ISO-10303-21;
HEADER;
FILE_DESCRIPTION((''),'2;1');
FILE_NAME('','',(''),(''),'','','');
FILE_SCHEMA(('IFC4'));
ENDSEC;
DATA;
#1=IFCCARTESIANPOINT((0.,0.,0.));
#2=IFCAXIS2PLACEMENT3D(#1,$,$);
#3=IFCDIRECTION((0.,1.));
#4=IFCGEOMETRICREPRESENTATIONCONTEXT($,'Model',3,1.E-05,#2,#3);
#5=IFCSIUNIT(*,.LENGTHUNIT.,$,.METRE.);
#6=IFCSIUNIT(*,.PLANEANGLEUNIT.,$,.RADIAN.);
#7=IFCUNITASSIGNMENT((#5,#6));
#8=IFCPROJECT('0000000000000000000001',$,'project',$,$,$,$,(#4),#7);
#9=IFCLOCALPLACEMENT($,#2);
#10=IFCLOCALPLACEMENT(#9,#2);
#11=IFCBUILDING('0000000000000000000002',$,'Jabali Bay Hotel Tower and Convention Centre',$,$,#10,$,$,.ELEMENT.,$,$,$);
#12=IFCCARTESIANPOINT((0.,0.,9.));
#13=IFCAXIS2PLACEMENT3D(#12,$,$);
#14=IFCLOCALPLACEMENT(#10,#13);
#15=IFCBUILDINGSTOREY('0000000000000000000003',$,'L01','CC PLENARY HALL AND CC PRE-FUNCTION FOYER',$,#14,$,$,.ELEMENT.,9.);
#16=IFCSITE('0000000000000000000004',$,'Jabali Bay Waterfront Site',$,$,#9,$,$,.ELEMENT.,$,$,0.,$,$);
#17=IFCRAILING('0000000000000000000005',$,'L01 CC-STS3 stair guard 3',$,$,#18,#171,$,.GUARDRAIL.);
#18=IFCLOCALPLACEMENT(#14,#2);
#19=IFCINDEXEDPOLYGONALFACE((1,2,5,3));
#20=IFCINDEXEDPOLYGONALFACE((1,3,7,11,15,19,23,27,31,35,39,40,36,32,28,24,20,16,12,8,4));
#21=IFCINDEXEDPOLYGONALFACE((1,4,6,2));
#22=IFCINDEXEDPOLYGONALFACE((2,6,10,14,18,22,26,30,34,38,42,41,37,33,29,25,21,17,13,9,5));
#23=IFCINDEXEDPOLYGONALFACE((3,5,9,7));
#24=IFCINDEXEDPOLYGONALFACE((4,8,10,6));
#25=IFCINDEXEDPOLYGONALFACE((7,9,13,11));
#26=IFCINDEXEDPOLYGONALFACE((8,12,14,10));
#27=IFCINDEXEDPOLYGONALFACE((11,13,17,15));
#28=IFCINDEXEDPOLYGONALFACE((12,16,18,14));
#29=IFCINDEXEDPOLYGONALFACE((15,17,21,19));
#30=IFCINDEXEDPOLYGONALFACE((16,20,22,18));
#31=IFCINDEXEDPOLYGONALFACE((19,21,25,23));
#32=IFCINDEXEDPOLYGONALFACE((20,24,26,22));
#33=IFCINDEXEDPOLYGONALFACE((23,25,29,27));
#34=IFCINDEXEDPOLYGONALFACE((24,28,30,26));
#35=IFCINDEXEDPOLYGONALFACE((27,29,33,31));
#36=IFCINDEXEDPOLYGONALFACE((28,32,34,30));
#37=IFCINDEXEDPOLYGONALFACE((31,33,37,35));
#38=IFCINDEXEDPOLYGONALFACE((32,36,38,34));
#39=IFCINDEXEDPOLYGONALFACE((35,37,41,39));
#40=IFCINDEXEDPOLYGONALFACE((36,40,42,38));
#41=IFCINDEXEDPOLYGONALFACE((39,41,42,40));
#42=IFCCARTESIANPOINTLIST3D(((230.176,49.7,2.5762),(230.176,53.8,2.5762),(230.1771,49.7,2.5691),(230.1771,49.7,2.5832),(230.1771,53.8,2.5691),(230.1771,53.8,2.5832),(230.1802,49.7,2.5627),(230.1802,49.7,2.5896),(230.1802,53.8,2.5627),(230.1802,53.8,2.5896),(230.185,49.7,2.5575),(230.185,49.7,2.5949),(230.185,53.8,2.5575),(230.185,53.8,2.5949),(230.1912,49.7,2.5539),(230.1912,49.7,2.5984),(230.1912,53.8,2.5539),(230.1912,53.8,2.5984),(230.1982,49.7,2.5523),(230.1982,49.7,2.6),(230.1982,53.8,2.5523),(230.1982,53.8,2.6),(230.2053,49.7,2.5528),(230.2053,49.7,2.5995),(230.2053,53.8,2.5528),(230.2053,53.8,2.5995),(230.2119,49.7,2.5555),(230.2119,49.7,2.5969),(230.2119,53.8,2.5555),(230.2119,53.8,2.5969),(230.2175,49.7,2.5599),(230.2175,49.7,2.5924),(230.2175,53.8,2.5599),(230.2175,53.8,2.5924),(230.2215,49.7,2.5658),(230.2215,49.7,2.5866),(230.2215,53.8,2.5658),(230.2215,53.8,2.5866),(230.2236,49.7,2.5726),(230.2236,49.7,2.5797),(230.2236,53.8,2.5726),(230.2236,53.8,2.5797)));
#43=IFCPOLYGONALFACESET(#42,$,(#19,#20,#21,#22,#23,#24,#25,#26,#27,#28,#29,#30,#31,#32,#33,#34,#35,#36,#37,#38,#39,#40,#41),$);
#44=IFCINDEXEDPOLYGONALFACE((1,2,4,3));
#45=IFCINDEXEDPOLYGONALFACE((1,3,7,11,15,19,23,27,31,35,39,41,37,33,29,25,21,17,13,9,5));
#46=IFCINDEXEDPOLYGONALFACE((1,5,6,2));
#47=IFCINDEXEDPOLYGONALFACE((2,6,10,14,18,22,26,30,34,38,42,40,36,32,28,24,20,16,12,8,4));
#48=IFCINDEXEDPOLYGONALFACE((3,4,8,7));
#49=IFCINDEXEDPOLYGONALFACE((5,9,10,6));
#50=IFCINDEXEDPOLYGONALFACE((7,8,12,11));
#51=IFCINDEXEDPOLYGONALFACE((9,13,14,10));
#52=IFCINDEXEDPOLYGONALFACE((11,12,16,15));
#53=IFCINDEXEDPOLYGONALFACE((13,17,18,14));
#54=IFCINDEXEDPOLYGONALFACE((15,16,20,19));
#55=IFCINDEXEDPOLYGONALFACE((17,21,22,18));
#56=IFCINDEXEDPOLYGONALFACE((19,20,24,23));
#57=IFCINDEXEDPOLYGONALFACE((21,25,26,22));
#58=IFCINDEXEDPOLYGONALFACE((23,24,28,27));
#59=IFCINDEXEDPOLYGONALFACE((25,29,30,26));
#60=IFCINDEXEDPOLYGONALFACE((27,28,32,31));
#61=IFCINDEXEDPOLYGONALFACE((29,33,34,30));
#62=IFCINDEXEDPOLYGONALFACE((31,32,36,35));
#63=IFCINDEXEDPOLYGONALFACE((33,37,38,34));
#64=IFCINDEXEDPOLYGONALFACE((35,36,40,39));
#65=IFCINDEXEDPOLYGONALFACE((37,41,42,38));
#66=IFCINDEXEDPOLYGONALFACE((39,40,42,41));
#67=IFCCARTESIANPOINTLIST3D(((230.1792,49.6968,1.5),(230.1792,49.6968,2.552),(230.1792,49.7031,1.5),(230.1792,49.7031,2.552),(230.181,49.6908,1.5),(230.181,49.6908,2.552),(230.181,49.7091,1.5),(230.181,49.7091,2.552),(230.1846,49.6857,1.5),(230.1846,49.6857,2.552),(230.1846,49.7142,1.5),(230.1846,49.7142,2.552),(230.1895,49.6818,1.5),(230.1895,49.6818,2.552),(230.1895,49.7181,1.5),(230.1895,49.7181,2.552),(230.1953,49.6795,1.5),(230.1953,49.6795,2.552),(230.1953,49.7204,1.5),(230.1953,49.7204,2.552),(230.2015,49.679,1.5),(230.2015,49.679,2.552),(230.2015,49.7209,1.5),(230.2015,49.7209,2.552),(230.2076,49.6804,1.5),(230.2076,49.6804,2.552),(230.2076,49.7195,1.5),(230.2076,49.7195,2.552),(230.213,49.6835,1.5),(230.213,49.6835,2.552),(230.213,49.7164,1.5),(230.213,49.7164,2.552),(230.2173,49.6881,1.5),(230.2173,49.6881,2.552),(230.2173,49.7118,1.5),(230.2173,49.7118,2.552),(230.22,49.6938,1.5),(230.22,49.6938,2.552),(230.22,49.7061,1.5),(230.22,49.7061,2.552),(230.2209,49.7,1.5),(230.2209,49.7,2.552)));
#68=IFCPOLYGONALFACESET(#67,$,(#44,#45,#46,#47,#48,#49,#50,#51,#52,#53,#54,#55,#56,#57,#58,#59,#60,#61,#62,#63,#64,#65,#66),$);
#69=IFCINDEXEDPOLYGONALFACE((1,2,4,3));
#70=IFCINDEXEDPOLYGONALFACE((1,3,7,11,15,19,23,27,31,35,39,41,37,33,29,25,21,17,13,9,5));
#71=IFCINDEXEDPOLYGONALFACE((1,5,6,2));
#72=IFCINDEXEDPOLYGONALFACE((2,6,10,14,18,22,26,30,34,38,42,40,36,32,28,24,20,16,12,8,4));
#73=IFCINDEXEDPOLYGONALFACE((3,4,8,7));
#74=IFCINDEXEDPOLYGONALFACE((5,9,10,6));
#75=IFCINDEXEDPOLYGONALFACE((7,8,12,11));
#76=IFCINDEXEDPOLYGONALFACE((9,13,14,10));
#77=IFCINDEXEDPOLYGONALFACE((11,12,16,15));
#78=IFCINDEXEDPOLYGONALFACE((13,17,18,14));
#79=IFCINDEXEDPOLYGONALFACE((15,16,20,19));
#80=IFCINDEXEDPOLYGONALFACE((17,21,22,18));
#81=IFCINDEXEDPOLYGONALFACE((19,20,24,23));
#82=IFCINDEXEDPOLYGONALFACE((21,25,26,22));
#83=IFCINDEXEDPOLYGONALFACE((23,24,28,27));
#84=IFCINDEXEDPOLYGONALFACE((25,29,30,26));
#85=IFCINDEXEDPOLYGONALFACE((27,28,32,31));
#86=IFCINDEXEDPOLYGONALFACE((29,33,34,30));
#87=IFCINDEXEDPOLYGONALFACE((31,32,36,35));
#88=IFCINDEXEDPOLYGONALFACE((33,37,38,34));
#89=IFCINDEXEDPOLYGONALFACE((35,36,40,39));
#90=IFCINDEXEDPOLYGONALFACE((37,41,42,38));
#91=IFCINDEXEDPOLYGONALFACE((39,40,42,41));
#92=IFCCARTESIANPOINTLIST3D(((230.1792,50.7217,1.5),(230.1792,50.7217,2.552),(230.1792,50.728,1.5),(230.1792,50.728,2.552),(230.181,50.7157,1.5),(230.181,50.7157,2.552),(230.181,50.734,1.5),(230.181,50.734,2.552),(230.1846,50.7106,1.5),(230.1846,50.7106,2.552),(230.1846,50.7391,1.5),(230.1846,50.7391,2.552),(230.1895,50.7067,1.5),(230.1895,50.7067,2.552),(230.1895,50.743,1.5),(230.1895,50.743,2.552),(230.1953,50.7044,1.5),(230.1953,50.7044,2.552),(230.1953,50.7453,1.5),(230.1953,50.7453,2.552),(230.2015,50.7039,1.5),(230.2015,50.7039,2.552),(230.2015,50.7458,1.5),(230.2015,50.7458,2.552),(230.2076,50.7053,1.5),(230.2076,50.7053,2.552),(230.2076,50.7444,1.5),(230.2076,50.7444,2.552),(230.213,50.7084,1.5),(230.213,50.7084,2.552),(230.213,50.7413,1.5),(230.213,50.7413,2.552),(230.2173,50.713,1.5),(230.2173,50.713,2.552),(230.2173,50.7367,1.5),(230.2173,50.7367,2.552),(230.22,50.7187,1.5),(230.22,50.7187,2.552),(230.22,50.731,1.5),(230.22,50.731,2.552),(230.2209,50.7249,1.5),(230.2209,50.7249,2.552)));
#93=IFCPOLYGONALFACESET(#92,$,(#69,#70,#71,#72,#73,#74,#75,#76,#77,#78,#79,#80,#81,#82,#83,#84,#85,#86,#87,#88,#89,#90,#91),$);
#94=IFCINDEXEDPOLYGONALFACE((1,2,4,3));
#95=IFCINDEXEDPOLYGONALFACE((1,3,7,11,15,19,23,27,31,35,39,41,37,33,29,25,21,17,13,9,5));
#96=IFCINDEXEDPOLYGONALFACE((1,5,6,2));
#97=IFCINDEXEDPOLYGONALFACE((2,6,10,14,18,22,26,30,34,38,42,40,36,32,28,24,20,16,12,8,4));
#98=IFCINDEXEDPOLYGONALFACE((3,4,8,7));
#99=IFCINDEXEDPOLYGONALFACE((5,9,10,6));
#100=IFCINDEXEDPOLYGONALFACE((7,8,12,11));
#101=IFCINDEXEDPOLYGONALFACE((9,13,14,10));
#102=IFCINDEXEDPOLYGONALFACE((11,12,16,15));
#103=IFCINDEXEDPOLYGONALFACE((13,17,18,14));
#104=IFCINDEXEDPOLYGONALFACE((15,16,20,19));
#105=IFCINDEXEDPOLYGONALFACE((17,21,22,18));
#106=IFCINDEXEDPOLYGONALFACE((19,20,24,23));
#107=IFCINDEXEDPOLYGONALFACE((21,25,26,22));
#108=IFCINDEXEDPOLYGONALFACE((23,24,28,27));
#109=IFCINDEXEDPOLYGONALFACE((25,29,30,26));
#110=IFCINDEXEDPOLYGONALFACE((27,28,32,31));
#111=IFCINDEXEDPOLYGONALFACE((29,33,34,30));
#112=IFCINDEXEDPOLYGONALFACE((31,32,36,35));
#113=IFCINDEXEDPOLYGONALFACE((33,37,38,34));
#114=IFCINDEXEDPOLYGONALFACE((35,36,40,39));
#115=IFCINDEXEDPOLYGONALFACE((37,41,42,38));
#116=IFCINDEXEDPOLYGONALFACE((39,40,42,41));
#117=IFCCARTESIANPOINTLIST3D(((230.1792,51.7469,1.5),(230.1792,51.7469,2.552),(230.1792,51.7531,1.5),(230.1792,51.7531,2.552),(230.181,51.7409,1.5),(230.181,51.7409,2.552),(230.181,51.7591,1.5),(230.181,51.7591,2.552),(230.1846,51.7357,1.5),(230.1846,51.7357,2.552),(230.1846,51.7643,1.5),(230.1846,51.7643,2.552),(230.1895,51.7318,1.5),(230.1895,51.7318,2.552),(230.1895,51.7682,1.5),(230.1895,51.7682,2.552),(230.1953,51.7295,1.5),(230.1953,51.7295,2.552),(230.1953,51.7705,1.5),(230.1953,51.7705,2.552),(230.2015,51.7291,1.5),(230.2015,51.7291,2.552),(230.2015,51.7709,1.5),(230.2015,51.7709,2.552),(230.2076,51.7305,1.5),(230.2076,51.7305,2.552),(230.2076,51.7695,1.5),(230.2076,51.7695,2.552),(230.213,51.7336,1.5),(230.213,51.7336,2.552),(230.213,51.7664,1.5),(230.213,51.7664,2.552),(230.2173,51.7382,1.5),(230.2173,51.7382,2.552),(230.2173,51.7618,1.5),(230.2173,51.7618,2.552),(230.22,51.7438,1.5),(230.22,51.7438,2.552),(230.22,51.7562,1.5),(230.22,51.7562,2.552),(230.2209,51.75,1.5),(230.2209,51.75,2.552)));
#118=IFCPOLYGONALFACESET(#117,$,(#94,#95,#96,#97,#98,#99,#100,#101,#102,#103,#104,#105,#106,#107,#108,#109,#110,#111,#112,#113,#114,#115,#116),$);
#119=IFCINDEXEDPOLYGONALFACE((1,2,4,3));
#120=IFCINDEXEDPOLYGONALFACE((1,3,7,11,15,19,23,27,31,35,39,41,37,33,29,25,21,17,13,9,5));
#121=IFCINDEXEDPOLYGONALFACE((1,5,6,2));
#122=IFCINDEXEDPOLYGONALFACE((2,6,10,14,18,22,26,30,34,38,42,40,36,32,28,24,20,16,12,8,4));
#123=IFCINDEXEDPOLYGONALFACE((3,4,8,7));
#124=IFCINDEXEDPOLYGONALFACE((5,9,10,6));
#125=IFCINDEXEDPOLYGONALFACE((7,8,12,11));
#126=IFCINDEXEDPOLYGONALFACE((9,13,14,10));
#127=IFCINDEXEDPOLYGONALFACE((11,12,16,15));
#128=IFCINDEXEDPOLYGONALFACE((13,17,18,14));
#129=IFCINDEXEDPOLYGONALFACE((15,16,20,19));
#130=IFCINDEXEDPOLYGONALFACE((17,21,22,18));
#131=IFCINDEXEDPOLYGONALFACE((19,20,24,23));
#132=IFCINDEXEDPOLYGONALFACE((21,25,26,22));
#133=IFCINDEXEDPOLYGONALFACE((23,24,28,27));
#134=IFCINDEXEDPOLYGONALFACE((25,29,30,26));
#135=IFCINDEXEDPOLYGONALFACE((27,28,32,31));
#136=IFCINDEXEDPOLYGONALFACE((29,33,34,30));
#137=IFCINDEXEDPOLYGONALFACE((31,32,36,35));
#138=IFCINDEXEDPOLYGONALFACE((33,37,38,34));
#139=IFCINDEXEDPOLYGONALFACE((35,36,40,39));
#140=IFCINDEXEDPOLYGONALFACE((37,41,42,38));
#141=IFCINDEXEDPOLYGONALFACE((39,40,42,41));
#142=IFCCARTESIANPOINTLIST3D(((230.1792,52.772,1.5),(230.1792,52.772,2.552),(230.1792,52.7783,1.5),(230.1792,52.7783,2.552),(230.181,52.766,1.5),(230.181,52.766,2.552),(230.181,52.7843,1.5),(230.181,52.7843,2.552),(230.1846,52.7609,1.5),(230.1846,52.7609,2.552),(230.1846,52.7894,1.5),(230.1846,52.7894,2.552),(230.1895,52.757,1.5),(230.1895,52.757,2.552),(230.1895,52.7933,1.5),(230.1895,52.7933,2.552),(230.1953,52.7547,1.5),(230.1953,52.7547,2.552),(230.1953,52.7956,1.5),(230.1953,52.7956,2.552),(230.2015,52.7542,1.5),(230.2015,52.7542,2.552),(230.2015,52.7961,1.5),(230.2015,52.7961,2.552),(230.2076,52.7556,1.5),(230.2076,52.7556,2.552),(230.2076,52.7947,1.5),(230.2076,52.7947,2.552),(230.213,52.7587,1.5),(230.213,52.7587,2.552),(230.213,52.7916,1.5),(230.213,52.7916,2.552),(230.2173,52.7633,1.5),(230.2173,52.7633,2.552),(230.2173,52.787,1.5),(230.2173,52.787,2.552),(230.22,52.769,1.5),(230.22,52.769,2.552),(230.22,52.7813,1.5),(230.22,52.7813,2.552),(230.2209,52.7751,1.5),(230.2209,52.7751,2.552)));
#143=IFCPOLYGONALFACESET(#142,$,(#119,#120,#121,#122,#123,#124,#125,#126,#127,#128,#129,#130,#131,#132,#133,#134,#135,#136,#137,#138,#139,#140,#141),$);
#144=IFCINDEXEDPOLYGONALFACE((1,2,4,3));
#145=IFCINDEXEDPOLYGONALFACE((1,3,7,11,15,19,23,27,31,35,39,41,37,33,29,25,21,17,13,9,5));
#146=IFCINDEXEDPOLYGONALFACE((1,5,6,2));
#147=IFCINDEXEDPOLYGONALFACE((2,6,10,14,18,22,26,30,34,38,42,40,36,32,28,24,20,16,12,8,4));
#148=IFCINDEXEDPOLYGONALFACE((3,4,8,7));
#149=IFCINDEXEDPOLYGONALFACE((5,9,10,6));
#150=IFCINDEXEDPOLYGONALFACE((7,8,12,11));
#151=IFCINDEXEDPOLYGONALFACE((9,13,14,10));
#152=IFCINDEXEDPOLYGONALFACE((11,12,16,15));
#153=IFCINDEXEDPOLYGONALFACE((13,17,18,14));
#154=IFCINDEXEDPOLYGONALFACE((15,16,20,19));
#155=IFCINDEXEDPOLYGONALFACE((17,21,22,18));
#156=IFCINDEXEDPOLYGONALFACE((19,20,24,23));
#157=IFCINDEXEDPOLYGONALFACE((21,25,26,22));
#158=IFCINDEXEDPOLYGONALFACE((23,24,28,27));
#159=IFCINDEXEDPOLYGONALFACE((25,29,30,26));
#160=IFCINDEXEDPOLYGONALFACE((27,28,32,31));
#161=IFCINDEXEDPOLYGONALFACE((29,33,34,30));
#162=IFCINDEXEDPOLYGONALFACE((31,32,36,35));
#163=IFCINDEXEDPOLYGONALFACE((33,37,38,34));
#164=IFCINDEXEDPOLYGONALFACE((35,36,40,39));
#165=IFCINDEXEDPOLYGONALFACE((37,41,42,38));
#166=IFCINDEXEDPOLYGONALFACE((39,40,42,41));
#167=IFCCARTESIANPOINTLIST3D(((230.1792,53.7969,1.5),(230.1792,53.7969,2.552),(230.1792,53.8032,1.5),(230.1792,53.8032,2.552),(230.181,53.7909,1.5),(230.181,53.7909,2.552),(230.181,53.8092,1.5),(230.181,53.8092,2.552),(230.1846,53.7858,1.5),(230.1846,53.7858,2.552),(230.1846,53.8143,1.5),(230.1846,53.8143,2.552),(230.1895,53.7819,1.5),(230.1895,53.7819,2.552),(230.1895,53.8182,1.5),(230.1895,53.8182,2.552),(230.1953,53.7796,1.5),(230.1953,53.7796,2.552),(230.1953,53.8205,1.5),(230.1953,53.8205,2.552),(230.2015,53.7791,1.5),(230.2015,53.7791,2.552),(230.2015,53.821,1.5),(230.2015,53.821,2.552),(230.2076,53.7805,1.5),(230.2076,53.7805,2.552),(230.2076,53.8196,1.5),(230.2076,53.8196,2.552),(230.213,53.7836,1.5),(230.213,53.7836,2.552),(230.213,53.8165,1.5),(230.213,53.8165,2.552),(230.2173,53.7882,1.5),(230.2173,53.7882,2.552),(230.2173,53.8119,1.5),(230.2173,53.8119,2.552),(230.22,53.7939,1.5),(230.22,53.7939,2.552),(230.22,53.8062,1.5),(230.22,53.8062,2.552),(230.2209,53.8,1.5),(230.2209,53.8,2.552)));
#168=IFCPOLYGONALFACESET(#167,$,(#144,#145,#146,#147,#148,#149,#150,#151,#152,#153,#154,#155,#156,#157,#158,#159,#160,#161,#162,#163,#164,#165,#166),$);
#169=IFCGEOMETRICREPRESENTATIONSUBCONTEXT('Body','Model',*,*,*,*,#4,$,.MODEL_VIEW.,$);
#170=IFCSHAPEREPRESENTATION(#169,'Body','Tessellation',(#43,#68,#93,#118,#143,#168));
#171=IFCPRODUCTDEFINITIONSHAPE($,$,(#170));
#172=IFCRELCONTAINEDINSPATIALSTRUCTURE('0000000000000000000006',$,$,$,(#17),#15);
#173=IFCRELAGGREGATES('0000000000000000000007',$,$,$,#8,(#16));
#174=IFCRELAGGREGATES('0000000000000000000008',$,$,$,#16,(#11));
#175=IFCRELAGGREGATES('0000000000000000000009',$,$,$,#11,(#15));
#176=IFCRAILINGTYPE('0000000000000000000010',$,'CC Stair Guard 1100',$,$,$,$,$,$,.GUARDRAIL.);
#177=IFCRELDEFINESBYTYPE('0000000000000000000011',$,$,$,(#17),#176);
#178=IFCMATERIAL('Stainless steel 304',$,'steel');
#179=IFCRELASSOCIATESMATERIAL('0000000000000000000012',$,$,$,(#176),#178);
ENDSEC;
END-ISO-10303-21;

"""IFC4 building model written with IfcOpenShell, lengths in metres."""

from ifc_helpers import new_model, si_unit, direction, frame, origin, origin_2d, place, context, subcontext, project, spatial, circle, extrude, material, type_object, element, save


model = new_model("IFC4")

# Units and contexts
model_context = context("Model", 3, precision=1e-05, world=origin(), true_north=direction((0.0, 1.0)))
body_context = subcontext(model_context, "Body", "Model", "MODEL_VIEW")
ifc_project = project(units=[si_unit("LENGTHUNIT", "METRE"), si_unit("PLANEANGLEUNIT", "RADIAN")], contexts=[model_context])

# Site, building, storey
site_placement = place(None, origin())
site = spatial("IfcSite", under=ifc_project, at=site_placement, Name="Jabali Bay Waterfront Site", CompositionType="ELEMENT", RefElevation=0.0)
building_placement = place(site_placement, origin())
building = spatial("IfcBuilding", under=site, at=building_placement, Name="Jabali Bay Hotel Tower and Convention Centre", CompositionType="ELEMENT")
storey_placement = place(building_placement, frame((0.0, 0.0, 9.0)))
storey = spatial("IfcBuildingStorey", under=building, at=storey_placement, Name="L01", Description="CC PLENARY HALL AND CC PRE-FUNCTION FOYER", CompositionType="ELEMENT", Elevation=9.0)

# Railing
ifc_material_1 = material(Name="Stainless steel 304", Category="steel")
railing_type_1 = type_object("IfcRailingType", Name="CC Stair Guard 1100", PredefinedType="GUARDRAIL", material=ifc_material_1)
railing_1_placement = place(storey_placement, frame((230.2, 49.7, 1.5)))
element("IfcRailing", 1, at=railing_1_placement, inside=storey, type_object=railing_type_1, Name="L01 CC-STS3 stair guard 3", PredefinedType="GUARDRAIL", context=body_context, shape_type="SweptSolid", body=[
    extrude(circle(Radius=0.0239, at=origin_2d()), frame((0.0, 0.0, 1.0762), z_axis=(0.0, 1.0, 0.0), x_axis=(-1.0, 0.0, 0.0)), (0.0, 0.0, 1.0), 4.1001),
    extrude(circle(Radius=0.021, at=origin_2d()), origin(), (0.0, 0.0, 1.0), 1.052),
    extrude(circle(Radius=0.021, at=origin_2d()), frame((0.0, 1.0249, 0.0)), (0.0, 0.0, 1.0), 1.052),
    extrude(circle(Radius=0.021, at=origin_2d()), frame((0.0, 2.05, 0.0)), (0.0, 0.0, 1.0), 1.052),
    extrude(circle(Radius=0.021, at=origin_2d()), frame((0.0, 3.0752, 0.0)), (0.0, 0.0, 1.0), 1.052),
    extrude(circle(Radius=0.021, at=origin_2d()), frame((0.0, 4.1001, 0.0)), (0.0, 0.0, 1.0), 1.052),
])

save(model, "model.ifc")
